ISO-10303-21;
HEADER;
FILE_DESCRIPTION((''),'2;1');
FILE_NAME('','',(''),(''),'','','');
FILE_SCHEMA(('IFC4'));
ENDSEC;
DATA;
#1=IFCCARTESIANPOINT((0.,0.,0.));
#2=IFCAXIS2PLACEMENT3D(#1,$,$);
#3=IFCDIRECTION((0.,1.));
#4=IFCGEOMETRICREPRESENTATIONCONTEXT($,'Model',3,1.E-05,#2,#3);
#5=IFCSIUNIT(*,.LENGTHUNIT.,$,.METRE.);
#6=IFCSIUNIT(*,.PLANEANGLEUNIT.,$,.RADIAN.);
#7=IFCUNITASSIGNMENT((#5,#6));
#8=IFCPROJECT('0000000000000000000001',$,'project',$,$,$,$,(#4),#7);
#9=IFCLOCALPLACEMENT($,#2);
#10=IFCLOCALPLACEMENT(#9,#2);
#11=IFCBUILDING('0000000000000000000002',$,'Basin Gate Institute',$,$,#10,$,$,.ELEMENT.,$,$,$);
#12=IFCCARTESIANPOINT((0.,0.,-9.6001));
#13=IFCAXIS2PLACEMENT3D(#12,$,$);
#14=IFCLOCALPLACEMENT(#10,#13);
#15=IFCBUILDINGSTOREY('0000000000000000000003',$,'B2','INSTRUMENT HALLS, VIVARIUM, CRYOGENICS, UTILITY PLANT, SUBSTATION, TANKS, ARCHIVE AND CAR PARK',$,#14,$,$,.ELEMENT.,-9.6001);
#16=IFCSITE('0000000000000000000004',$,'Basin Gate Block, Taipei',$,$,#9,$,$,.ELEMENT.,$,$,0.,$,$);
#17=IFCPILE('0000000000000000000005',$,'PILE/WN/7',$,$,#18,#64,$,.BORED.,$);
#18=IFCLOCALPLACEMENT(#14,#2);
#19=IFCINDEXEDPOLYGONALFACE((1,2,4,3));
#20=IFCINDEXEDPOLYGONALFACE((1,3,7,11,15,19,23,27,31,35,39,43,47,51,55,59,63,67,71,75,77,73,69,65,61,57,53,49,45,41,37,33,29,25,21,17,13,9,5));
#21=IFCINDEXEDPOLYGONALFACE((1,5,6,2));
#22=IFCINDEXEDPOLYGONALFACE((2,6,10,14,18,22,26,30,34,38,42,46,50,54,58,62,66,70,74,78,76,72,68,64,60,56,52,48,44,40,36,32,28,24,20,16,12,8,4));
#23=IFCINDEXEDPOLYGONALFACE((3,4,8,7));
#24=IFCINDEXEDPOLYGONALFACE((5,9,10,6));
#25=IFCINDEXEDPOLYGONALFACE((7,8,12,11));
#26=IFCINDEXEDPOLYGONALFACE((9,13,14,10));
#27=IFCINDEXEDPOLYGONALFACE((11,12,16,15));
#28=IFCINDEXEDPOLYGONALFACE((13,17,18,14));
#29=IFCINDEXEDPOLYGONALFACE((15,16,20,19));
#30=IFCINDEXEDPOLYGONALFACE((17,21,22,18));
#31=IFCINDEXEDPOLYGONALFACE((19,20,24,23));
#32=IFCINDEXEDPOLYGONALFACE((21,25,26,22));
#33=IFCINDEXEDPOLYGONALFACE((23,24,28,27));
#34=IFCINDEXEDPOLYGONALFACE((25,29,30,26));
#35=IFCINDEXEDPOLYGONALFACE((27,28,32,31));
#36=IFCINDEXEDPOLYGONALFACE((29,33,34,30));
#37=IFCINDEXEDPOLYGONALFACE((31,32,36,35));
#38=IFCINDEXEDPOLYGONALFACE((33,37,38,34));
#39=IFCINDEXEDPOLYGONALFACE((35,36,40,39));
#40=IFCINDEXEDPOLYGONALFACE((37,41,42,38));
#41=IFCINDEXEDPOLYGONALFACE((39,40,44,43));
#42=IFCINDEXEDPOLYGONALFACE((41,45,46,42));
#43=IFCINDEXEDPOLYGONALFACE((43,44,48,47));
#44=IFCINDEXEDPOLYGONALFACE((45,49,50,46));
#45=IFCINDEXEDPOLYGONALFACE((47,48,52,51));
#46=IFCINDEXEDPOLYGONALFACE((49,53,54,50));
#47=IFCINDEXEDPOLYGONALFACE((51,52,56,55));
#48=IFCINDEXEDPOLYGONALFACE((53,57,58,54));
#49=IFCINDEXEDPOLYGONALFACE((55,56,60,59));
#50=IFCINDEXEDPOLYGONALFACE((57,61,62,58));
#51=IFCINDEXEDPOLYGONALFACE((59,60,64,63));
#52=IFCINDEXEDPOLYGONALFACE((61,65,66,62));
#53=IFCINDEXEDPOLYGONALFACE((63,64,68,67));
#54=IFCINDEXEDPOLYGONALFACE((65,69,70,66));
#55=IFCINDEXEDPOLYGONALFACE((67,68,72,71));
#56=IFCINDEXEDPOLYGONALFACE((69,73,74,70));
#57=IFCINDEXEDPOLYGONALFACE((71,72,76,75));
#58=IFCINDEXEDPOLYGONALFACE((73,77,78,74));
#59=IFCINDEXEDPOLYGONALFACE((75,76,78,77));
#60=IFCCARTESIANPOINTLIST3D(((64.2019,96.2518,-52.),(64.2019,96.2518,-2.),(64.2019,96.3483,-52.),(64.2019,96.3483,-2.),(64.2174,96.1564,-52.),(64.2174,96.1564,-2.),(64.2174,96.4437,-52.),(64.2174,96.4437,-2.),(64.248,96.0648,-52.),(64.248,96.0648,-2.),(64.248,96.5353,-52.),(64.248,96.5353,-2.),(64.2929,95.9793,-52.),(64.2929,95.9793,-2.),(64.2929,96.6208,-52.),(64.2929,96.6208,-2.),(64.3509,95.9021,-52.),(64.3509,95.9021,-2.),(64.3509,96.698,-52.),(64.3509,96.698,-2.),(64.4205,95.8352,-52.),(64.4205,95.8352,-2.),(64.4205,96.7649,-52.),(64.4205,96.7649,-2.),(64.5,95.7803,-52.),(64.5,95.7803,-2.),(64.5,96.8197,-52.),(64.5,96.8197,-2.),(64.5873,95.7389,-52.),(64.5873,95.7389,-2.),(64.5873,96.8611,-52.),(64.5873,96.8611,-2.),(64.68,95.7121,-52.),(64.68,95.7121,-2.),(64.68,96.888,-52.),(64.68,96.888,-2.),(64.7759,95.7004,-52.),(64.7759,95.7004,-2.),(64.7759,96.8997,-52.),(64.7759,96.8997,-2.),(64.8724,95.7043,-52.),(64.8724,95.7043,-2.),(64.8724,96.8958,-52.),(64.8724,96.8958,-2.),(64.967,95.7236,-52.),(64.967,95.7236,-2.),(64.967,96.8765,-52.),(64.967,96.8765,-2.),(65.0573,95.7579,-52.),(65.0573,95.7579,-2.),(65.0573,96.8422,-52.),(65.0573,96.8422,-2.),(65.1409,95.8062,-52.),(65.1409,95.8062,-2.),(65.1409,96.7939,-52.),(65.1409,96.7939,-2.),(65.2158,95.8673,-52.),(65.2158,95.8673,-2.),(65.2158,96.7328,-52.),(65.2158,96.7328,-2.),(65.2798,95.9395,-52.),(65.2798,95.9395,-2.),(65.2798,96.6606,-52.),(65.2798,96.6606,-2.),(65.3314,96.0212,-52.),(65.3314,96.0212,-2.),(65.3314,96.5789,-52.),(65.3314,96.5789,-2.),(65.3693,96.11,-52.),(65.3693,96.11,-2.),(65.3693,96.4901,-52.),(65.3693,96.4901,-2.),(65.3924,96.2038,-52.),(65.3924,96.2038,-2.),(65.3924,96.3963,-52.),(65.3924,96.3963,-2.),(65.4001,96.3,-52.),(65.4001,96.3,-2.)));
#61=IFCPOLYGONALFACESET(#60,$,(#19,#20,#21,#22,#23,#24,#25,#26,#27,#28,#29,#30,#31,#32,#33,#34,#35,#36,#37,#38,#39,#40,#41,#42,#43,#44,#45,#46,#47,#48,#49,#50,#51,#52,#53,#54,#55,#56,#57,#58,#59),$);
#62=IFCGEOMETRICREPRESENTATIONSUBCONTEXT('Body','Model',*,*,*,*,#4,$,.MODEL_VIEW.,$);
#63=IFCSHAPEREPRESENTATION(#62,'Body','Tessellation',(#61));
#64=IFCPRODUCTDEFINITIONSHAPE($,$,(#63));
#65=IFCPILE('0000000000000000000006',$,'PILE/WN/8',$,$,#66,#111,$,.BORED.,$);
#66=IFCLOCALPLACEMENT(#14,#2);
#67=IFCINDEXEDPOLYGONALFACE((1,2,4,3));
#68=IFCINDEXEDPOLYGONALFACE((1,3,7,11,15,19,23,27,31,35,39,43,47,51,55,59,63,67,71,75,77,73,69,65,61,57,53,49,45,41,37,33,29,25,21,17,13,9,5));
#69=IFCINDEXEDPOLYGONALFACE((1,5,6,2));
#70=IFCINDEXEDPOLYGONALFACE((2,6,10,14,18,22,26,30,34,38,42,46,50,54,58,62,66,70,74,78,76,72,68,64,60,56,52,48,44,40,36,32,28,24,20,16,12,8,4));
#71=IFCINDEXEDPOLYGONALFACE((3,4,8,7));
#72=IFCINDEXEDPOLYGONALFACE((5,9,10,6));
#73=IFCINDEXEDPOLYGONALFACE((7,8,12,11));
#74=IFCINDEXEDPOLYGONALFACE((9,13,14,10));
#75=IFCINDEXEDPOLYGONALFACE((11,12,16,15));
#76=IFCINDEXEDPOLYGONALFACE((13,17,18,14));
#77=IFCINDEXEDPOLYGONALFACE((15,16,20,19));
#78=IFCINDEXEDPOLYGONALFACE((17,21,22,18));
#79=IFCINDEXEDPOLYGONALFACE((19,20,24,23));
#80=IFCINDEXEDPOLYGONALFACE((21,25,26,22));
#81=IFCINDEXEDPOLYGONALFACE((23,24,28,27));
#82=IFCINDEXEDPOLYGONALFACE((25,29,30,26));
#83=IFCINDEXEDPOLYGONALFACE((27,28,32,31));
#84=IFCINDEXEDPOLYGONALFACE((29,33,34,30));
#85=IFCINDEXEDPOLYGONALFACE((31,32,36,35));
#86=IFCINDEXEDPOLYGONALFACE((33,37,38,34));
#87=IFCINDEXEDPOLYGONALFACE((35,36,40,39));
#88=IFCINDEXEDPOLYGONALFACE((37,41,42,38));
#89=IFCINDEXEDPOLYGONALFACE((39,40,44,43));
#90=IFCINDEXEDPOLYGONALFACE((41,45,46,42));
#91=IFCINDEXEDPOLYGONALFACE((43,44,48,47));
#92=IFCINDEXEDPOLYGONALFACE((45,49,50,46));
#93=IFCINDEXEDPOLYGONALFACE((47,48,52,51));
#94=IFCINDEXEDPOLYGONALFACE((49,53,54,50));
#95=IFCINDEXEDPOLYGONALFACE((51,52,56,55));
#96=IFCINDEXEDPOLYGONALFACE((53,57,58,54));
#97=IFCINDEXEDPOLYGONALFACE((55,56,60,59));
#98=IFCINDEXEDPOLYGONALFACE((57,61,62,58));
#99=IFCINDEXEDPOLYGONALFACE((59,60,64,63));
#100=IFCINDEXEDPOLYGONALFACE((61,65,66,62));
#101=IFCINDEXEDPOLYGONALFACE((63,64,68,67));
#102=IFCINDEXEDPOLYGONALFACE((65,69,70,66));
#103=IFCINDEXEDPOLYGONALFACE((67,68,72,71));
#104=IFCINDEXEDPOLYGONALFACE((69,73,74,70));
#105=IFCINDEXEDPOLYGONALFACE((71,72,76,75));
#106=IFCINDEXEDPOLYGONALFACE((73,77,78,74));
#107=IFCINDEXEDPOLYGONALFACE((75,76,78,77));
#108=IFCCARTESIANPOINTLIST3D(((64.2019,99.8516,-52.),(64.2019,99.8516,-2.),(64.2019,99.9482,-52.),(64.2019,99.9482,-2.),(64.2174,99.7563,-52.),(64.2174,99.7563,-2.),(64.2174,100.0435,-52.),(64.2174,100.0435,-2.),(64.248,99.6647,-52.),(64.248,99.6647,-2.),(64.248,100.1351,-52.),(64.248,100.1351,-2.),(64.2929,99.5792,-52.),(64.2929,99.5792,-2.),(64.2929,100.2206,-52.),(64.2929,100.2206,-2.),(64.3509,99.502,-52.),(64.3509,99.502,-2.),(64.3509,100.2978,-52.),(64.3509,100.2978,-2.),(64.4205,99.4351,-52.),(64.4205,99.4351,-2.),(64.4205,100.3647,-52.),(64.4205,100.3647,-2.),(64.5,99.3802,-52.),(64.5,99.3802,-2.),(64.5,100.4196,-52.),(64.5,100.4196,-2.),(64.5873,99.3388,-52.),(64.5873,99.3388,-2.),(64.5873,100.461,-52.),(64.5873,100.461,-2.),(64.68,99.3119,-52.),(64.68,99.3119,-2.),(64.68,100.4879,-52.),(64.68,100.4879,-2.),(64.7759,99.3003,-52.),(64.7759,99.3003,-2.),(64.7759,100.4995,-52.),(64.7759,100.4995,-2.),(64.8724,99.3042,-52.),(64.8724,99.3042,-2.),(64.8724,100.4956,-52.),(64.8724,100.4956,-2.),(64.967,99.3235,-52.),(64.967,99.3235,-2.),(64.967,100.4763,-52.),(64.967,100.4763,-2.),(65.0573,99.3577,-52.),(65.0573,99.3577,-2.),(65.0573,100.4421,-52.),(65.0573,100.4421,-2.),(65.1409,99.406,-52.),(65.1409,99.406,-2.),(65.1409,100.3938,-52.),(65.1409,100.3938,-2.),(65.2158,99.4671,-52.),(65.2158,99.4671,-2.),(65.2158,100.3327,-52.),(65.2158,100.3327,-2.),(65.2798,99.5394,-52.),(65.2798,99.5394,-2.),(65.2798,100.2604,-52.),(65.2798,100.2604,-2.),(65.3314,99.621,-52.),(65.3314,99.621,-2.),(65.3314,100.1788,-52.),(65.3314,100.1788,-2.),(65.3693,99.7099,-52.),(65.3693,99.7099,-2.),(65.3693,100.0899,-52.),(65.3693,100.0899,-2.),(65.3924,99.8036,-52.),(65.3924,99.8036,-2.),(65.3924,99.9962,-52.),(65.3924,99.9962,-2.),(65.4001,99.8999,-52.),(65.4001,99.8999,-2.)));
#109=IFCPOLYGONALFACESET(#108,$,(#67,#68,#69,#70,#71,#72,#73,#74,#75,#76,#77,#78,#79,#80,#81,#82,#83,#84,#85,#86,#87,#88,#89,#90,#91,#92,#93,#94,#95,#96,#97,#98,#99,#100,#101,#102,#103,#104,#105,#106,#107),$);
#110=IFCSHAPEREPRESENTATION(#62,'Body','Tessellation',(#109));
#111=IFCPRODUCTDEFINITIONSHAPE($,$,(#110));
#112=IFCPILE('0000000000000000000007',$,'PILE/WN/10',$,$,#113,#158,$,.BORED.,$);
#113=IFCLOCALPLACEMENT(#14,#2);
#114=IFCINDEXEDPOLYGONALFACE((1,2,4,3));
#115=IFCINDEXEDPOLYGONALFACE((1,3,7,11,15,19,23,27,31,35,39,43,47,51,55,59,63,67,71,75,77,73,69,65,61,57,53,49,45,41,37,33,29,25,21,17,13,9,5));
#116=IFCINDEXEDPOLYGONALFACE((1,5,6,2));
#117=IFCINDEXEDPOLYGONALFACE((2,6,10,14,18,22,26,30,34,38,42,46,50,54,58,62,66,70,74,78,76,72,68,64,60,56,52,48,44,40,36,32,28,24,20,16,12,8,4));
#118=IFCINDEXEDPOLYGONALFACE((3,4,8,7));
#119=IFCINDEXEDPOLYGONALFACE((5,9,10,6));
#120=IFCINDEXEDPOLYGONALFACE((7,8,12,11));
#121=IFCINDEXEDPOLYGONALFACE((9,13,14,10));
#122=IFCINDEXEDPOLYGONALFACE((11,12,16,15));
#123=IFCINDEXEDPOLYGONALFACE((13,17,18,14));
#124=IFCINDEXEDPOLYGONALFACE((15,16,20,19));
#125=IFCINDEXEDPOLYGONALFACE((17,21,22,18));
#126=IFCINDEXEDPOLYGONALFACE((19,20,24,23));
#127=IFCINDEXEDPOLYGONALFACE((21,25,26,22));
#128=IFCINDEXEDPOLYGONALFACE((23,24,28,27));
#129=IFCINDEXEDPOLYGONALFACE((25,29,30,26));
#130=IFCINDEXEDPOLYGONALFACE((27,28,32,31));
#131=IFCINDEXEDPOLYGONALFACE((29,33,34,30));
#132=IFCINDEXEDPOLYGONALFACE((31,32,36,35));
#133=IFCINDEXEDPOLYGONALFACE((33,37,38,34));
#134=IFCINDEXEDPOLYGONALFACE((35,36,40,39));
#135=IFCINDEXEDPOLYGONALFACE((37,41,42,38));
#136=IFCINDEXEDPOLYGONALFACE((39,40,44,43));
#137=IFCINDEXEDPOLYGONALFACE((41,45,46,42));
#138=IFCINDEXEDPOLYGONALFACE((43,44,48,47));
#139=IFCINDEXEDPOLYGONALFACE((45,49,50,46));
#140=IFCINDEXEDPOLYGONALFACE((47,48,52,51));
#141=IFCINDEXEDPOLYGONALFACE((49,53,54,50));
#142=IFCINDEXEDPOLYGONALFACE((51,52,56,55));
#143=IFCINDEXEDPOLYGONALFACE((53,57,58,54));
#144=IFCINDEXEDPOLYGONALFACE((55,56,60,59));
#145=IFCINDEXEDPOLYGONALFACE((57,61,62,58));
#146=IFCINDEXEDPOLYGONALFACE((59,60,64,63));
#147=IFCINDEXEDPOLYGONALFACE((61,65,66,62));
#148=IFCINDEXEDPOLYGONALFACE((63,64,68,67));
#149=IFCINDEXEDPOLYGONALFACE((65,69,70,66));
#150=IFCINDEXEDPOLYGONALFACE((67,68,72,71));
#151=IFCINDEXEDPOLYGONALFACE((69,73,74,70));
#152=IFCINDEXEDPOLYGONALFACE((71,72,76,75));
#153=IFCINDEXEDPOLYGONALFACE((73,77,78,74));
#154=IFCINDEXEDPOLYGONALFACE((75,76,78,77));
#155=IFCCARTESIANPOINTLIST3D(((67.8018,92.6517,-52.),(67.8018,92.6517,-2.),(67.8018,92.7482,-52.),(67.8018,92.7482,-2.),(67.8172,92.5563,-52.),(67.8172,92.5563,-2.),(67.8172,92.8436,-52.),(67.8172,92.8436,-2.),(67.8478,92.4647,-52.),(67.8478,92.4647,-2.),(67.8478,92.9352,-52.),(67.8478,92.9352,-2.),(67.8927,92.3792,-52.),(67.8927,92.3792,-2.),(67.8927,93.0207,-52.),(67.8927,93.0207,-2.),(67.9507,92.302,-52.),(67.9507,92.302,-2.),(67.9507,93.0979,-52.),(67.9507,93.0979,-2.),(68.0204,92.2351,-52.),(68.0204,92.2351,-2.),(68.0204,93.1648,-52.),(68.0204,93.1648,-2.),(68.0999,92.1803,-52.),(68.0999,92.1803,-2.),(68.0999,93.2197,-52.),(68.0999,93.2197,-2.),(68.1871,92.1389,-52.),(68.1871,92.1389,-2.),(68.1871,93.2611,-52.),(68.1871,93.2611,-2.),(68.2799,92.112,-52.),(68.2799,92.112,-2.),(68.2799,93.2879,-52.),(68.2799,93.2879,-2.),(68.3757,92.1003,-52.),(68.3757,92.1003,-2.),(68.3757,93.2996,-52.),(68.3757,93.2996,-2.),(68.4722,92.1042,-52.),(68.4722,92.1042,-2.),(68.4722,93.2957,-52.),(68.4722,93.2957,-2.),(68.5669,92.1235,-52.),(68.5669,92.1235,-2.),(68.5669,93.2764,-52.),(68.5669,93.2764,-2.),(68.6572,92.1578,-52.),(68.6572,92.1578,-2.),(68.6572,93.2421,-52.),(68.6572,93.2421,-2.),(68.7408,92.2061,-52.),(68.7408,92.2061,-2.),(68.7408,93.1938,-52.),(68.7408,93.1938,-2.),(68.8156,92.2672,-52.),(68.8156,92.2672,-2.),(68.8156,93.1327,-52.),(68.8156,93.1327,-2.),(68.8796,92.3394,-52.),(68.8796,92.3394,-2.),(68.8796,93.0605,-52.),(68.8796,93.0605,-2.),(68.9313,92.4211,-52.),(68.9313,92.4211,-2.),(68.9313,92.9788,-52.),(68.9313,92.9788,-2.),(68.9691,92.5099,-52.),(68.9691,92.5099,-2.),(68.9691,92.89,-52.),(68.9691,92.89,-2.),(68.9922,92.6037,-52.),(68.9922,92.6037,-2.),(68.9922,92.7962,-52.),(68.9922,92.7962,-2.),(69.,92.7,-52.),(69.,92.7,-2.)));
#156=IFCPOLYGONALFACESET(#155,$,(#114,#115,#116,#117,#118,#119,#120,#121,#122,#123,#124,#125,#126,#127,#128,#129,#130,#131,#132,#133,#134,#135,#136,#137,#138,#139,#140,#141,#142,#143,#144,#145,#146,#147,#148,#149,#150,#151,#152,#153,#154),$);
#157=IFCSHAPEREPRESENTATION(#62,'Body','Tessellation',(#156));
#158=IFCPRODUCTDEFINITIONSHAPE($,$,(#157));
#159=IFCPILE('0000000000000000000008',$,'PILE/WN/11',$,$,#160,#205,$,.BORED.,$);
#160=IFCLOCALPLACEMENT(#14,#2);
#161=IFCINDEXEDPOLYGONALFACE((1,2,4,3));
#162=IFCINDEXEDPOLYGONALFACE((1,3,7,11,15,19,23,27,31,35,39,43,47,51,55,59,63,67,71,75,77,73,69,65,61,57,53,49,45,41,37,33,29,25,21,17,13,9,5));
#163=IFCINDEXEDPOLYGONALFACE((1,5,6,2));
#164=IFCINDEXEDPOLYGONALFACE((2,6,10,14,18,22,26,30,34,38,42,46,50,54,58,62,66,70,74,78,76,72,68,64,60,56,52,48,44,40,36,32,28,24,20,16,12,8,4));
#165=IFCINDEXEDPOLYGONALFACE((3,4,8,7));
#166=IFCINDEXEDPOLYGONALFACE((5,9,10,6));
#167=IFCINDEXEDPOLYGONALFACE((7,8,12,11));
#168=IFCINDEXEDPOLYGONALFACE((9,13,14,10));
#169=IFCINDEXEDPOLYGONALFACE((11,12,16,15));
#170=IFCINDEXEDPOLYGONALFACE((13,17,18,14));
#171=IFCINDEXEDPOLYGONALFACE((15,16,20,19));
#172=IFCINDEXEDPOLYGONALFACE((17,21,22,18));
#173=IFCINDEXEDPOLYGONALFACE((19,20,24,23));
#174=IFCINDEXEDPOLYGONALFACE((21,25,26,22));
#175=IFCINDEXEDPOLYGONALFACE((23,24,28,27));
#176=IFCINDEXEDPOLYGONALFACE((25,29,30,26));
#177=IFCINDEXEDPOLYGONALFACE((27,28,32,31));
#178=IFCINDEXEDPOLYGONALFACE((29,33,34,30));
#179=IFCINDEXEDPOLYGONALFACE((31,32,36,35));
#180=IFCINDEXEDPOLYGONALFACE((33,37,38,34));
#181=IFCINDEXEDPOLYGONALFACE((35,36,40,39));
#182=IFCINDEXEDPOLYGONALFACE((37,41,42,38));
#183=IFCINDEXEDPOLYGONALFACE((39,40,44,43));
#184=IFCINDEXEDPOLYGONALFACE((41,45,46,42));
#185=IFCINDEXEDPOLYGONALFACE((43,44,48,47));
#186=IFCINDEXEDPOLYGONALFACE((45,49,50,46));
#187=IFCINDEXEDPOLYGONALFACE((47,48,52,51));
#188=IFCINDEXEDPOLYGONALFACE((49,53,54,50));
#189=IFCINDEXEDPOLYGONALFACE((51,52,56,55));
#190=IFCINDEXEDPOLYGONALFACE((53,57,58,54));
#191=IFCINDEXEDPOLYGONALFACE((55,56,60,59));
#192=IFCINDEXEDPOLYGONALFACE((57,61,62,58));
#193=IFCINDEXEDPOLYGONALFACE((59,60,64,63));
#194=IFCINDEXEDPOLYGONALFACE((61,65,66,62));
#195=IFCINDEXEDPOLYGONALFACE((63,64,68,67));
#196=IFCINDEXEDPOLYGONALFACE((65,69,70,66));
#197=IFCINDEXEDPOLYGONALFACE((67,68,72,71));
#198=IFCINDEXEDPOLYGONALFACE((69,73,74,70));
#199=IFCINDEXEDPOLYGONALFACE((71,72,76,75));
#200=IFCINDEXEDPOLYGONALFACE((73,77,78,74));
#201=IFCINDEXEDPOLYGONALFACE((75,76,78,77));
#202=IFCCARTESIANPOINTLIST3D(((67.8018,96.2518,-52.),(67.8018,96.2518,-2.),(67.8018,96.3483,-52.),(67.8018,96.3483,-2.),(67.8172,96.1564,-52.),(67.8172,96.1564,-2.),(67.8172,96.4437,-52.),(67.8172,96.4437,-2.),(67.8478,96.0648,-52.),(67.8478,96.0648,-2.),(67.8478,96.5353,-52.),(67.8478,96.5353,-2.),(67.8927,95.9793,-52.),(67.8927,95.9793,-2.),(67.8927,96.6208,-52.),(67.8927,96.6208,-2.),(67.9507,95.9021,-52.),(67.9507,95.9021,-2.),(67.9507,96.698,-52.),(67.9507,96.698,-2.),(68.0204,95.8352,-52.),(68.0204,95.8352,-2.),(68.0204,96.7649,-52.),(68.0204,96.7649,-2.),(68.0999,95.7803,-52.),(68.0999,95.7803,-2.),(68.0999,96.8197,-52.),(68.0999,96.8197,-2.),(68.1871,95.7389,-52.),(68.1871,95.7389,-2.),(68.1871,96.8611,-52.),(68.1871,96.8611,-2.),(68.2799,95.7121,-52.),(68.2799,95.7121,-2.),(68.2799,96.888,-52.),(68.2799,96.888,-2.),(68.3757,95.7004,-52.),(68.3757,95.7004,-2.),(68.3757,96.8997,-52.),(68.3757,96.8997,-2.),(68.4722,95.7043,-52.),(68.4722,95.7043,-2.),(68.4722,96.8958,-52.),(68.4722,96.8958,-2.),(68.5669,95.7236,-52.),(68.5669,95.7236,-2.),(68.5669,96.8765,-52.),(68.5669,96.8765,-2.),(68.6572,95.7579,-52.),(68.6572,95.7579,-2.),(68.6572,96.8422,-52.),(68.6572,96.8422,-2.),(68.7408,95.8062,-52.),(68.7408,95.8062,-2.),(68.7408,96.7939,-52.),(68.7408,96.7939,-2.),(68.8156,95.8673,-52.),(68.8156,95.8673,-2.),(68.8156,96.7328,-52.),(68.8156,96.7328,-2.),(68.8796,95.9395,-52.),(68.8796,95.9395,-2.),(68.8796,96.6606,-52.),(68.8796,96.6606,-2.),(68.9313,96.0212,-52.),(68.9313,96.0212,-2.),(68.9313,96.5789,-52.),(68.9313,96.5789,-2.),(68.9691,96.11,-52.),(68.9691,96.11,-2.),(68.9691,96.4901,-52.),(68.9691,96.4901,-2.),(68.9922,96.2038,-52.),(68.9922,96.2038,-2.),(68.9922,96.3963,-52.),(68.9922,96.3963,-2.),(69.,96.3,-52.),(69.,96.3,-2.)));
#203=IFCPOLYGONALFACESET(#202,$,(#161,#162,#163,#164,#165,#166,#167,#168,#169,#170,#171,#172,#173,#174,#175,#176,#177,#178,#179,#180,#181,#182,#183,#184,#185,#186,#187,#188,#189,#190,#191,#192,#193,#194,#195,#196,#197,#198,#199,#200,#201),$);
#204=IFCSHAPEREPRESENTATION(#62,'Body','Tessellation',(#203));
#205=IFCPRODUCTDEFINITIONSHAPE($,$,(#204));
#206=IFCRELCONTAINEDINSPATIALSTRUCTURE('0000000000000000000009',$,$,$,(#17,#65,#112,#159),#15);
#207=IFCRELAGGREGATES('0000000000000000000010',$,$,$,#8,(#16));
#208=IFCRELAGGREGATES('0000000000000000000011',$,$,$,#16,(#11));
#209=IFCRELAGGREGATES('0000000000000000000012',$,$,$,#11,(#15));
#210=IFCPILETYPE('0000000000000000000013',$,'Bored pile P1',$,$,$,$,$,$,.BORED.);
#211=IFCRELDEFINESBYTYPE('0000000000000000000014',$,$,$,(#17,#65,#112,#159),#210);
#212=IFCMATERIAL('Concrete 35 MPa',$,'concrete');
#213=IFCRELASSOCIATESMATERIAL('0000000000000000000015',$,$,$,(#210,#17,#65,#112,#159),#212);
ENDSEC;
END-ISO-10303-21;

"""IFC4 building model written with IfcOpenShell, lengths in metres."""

from ifc_helpers import new_model, si_unit, direction, frame, origin, origin_2d, place, context, subcontext, project, spatial, circle, extrude, material, material_profile, profile_set, type_object, element, save


model = new_model("IFC4")

# Units and contexts
model_context = context("Model", 3, precision=1e-05, world=origin(), true_north=direction((0.0, 1.0)))
body_context = subcontext(model_context, "Body", "Model", "MODEL_VIEW")
ifc_project = project(units=[si_unit("LENGTHUNIT", "METRE"), si_unit("PLANEANGLEUNIT", "RADIAN")], contexts=[model_context])

# Site, building, storey
site_placement = place(None, origin())
site = spatial("IfcSite", under=ifc_project, at=site_placement, Name="Basin Gate Block, Taipei", CompositionType="ELEMENT", RefElevation=0.0)
building_placement = place(site_placement, origin())
building = spatial("IfcBuilding", under=site, at=building_placement, Name="Basin Gate Institute", CompositionType="ELEMENT")
storey_placement = place(building_placement, frame((0.0, 0.0, -9.6001)))
storey = spatial("IfcBuildingStorey", under=building, at=storey_placement, Name="B2", Description="INSTRUMENT HALLS, VIVARIUM, CRYOGENICS, UTILITY PLANT, SUBSTATION, TANKS, ARCHIVE AND CAR PARK", CompositionType="ELEMENT", Elevation=-9.6001)

# Piles
ifc_material_1 = material(Name="Concrete 35 MPa", Category="concrete")
ifc_material_profile_1 = material_profile(ifc_material_1, circle(Radius=0.6001, at=origin_2d()), Name="Bored pile P1 1200 dia")
ifc_profile_set_1 = profile_set([ifc_material_profile_1], Name="Concrete 35 MPa")
pile_type = type_object("IfcPileType", Name="Bored pile P1", PredefinedType="BORED", material=ifc_profile_set_1)
for number, where, z_axis, x_axis, name in (
    (1, (64.8, 96.3, -2.0), (0.0, 0.0, -1.0), (1.0, 0.0, 0.0), "PILE/WN/7"),
    (2, (64.8, 99.8999, -2.0), (0.0, 0.0, -1.0), (1.0, 0.0, 0.0), "PILE/WN/8"),
    (3, (68.3999, 92.7, -2.0), (0.0, 0.0, -1.0), (1.0, 0.0, 0.0), "PILE/WN/10"),
    (4, (68.3999, 96.3, -2.0), (0.0, 0.0, -1.0), (1.0, 0.0, 0.0), "PILE/WN/11"),
):
    element("IfcPile", number, at=place(storey_placement, frame(where, z_axis=z_axis, x_axis=x_axis)), inside=storey, type_object=pile_type, material=ifc_profile_set_1, Name=name, PredefinedType="BORED", context=body_context, shape_type="SweptSolid", body=[
        extrude(circle(Radius=0.6001, at=origin_2d()), origin(), (0.0, 0.0, 1.0), 50.0),
    ])

save(model, "model.ifc")
